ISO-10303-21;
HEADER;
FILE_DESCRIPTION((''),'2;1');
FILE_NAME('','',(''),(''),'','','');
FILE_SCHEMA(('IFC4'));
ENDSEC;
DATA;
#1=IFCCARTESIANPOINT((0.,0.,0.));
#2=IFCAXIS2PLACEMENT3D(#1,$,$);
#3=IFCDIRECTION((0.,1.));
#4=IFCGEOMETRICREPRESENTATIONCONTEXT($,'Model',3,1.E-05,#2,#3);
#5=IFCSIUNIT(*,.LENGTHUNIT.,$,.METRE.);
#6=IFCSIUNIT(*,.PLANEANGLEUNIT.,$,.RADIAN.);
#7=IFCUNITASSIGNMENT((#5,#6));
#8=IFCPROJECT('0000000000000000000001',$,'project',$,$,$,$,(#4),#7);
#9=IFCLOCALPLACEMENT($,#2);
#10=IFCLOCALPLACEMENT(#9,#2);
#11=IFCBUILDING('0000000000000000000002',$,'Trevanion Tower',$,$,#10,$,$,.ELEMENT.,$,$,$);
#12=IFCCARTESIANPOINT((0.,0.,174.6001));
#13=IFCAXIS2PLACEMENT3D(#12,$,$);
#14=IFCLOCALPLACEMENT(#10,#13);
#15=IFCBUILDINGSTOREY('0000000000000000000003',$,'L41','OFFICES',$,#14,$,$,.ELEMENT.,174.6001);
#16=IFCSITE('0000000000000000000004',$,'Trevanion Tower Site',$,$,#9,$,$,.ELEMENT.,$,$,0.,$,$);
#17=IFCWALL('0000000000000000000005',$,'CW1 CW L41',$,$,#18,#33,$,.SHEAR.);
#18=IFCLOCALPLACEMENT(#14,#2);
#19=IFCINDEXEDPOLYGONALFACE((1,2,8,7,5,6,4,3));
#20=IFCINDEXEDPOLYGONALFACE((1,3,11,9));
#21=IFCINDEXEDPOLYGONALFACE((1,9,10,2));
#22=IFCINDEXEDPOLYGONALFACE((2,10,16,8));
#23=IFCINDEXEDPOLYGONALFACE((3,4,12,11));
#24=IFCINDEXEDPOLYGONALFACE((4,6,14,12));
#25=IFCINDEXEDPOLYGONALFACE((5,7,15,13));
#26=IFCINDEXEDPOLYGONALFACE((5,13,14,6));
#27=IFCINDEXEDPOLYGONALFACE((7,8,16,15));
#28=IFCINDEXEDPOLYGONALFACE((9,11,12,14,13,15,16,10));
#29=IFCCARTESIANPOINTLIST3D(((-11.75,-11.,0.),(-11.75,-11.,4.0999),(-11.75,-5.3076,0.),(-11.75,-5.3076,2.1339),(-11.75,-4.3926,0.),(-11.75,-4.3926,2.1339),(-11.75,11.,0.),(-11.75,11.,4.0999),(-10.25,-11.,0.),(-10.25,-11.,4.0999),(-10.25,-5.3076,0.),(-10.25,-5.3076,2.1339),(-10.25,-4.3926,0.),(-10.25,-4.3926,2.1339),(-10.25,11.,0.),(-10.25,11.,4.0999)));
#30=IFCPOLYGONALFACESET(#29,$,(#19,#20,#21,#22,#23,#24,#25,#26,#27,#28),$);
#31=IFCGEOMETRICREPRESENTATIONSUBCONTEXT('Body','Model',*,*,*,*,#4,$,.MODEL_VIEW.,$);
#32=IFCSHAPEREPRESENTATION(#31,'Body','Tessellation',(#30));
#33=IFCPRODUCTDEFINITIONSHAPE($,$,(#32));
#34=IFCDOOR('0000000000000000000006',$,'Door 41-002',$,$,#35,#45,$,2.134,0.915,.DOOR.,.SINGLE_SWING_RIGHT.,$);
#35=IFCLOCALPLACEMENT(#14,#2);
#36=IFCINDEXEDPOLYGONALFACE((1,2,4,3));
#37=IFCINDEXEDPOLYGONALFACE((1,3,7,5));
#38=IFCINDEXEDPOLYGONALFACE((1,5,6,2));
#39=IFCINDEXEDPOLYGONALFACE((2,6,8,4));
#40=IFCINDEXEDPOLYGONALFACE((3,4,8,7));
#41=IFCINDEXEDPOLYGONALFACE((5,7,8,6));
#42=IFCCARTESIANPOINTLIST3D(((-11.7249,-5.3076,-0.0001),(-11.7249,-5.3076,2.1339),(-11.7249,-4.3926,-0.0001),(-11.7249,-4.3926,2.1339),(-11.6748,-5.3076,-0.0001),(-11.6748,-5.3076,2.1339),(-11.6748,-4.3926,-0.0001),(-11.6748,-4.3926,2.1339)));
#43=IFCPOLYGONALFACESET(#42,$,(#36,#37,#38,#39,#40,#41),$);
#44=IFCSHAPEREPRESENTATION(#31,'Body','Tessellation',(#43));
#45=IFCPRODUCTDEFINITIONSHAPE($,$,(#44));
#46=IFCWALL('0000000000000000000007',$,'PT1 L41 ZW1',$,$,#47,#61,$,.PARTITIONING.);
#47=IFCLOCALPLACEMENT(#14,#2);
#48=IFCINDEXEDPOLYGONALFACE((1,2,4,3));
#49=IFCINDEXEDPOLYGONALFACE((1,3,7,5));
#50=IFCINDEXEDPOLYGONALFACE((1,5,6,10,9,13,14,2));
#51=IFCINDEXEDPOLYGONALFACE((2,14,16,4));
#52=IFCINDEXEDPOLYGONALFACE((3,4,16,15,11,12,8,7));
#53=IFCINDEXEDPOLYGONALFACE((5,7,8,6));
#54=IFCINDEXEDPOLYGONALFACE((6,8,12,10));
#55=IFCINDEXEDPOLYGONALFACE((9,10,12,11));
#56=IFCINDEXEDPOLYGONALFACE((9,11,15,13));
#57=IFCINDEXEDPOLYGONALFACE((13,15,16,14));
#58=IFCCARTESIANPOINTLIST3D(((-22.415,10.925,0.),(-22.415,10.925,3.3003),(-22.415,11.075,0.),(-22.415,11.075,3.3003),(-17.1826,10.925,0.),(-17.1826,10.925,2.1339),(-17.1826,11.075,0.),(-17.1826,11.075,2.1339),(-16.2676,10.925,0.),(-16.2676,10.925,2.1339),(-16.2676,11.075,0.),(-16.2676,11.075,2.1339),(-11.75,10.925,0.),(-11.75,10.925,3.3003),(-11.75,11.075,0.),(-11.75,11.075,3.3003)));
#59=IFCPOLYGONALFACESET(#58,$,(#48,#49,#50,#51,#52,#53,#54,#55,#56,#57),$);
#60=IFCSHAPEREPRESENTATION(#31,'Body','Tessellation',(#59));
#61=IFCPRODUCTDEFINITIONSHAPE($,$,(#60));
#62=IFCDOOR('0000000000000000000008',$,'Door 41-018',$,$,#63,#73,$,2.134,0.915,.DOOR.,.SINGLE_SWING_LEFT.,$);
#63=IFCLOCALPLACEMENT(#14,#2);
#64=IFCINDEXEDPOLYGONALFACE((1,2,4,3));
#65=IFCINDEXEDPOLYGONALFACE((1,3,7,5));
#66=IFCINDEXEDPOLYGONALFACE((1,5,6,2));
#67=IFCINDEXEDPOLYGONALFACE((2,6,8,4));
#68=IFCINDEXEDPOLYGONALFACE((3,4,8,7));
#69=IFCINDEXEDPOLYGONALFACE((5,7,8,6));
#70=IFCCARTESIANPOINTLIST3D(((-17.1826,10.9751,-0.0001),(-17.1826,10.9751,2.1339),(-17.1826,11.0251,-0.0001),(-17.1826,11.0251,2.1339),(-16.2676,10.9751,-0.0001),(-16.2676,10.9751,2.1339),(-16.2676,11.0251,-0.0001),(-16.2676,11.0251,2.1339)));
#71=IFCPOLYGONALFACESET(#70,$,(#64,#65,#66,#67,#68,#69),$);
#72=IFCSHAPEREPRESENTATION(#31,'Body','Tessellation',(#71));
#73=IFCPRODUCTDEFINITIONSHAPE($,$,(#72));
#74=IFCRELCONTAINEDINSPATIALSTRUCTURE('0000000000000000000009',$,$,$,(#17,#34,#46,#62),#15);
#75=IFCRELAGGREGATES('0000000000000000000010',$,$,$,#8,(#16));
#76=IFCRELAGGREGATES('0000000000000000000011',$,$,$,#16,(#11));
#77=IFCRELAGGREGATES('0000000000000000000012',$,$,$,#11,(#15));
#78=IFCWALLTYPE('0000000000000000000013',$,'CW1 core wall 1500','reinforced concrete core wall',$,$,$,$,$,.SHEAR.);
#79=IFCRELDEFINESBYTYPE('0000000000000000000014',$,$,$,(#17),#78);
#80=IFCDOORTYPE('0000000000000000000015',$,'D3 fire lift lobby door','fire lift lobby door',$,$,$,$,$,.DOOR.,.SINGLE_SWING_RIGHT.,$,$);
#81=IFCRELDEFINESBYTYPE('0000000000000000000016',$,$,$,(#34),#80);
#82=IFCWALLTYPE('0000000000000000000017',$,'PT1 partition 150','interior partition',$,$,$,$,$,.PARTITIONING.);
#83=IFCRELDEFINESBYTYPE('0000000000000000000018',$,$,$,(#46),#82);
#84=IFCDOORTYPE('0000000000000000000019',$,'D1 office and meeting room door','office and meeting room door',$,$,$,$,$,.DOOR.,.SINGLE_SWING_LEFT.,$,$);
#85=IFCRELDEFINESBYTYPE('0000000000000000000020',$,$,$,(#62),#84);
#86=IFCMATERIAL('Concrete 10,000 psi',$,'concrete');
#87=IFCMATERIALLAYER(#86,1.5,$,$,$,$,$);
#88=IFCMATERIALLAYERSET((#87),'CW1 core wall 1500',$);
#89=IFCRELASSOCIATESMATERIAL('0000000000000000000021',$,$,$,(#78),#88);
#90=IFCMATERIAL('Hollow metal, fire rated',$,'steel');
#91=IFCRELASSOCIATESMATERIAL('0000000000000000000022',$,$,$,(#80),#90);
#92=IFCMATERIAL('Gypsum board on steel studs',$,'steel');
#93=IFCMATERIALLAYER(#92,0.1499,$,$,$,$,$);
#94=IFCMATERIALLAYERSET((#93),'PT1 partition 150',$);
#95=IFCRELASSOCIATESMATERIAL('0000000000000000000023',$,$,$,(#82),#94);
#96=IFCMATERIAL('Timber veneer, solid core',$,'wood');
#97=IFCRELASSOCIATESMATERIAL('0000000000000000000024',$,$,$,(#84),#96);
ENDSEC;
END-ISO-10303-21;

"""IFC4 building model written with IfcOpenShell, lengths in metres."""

from ifc_helpers import new_model, si_unit, direction, frame, frame_2d, origin, place, context, subcontext, project, spatial, rectangle, extrude, material, layer, layer_set, type_object, element, fill, save


model = new_model("IFC4")

# Units and contexts
model_context = context("Model", 3, precision=1e-05, world=origin(), true_north=direction((0.0, 1.0)))
body_context = subcontext(model_context, "Body", "Model", "MODEL_VIEW")
ifc_project = project(units=[si_unit("LENGTHUNIT", "METRE"), si_unit("PLANEANGLEUNIT", "RADIAN")], contexts=[model_context])

# Site, building, storey
site_placement = place(None, origin())
site = spatial("IfcSite", under=ifc_project, at=site_placement, Name="Trevanion Tower Site", CompositionType="ELEMENT", RefElevation=0.0)
building_placement = place(site_placement, origin())
building = spatial("IfcBuilding", under=site, at=building_placement, Name="Trevanion Tower", CompositionType="ELEMENT")
storey_placement = place(building_placement, frame((0.0, 0.0, 174.6001)))
storey = spatial("IfcBuildingStorey", under=building, at=storey_placement, Name="L41", Description="OFFICES", CompositionType="ELEMENT", Elevation=174.6001)

# Walls, openings, doors
ifc_material_1 = material(Name="Concrete 10,000 psi", Category="concrete")
ifc_layer_1 = layer(ifc_material_1, 1.5)
ifc_layer_set_1 = layer_set([ifc_layer_1], Name="CW1 core wall 1500")
wall_type_1 = type_object("IfcWallType", Name="CW1 core wall 1500", Description="reinforced concrete core wall", PredefinedType="SHEAR", material=ifc_layer_set_1)
wall_1_placement = place(storey_placement, frame((-11.0, 11.0, 0.0), z_axis=(0.0, 0.0, 1.0), x_axis=(0.0, -1.0, 0.0)))
wall_1 = element("IfcWall", 1, at=wall_1_placement, inside=storey, type_object=wall_type_1, Name="CW1 CW L41", PredefinedType="SHEAR", context=body_context, shape_type="SweptSolid", body=[
    extrude(rectangle(XDim=22.0, YDim=1.5, at=frame_2d((11.0, 0.0))), origin(), (0.0, 0.0, 1.0), 4.0999),
])
opening_1_placement = place(wall_1_placement, frame((15.3926, 0.0, 0.0)))
opening_1 = element("IfcOpeningElement", 2, at=opening_1_placement, cuts=wall_1, PredefinedType="OPENING", context=body_context, shape_type="SweptSolid", body=[
    extrude(rectangle(XDim=0.915, YDim=2.134, at=frame_2d((0.4575, 1.0669))), frame((0.0, 0.76, 0.0), z_axis=(0.0, -1.0, 0.0), x_axis=(1.0, 0.0, 0.0)), (0.0, 0.0, 1.0), 1.52),
])
ifc_material_2 = material(Name="Hollow metal, fire rated", Category="steel")
door_type_1 = type_object("IfcDoorType", Name="D3 fire lift lobby door", Description="fire lift lobby door", OperationType="SINGLE_SWING_RIGHT", PredefinedType="DOOR", material=ifc_material_2)
door_1_placement = place(opening_1_placement, origin())
door_1 = element("IfcDoor", 3, at=door_1_placement, inside=storey, type_object=door_type_1, Name="Door 41-002", OperationType="SINGLE_SWING_RIGHT", OverallHeight=2.134, OverallWidth=0.915, PredefinedType="DOOR", context=body_context, shape_type="SweptSolid", body=[
    extrude(rectangle(XDim=0.915, YDim=2.134, at=frame_2d((0.4575, 1.0669))), frame((0.0, -0.6748, 0.0), z_axis=(0.0, -1.0, 0.0), x_axis=(1.0, 0.0, 0.0)), (0.0, 0.0, 1.0), 0.05),
])
fill(opening_1, door_1)
ifc_material_3 = material(Name="Gypsum board on steel studs", Category="steel")
ifc_layer_2 = layer(ifc_material_3, 0.1499)
ifc_layer_set_2 = layer_set([ifc_layer_2], Name="PT1 partition 150")
wall_type_2 = type_object("IfcWallType", Name="PT1 partition 150", Description="interior partition", PredefinedType="PARTITIONING", material=ifc_layer_set_2)
wall_2_placement = place(storey_placement, frame((-11.75, 11.0, 0.0), z_axis=(0.0, 0.0, 1.0), x_axis=(-1.0, 0.0, 0.0)))
wall_2 = element("IfcWall", 4, at=wall_2_placement, inside=storey, type_object=wall_type_2, Name="PT1 L41 ZW1", PredefinedType="PARTITIONING", context=body_context, shape_type="SweptSolid", body=[
    extrude(rectangle(XDim=10.665, YDim=0.1499, at=frame_2d((5.3325, 0.0))), origin(), (0.0, 0.0, 1.0), 3.3003),
])
opening_2_placement = place(wall_2_placement, frame((4.5176, 0.0, 0.0)))
opening_2 = element("IfcOpeningElement", 5, at=opening_2_placement, cuts=wall_2, PredefinedType="OPENING", context=body_context, shape_type="SweptSolid", body=[
    extrude(rectangle(XDim=0.915, YDim=2.134, at=frame_2d((0.4575, 1.0669))), frame((0.0, 0.085, 0.0), z_axis=(0.0, -1.0, 0.0), x_axis=(1.0, 0.0, 0.0)), (0.0, 0.0, 1.0), 0.1699),
])
ifc_material_4 = material(Name="Timber veneer, solid core", Category="wood")
door_type_2 = type_object("IfcDoorType", Name="D1 office and meeting room door", Description="office and meeting room door", OperationType="SINGLE_SWING_LEFT", PredefinedType="DOOR", material=ifc_material_4)
door_2_placement = place(opening_2_placement, origin())
door_2 = element("IfcDoor", 6, at=door_2_placement, inside=storey, type_object=door_type_2, Name="Door 41-018", OperationType="SINGLE_SWING_LEFT", OverallHeight=2.134, OverallWidth=0.915, PredefinedType="DOOR", context=body_context, shape_type="SweptSolid", body=[
    extrude(rectangle(XDim=0.915, YDim=2.134, at=frame_2d((0.4575, 1.0669))), frame((0.0, 0.0249, 0.0), z_axis=(0.0, -1.0, 0.0), x_axis=(1.0, 0.0, 0.0)), (0.0, 0.0, 1.0), 0.05),
])
fill(opening_2, door_2)

save(model, "model.ifc")
